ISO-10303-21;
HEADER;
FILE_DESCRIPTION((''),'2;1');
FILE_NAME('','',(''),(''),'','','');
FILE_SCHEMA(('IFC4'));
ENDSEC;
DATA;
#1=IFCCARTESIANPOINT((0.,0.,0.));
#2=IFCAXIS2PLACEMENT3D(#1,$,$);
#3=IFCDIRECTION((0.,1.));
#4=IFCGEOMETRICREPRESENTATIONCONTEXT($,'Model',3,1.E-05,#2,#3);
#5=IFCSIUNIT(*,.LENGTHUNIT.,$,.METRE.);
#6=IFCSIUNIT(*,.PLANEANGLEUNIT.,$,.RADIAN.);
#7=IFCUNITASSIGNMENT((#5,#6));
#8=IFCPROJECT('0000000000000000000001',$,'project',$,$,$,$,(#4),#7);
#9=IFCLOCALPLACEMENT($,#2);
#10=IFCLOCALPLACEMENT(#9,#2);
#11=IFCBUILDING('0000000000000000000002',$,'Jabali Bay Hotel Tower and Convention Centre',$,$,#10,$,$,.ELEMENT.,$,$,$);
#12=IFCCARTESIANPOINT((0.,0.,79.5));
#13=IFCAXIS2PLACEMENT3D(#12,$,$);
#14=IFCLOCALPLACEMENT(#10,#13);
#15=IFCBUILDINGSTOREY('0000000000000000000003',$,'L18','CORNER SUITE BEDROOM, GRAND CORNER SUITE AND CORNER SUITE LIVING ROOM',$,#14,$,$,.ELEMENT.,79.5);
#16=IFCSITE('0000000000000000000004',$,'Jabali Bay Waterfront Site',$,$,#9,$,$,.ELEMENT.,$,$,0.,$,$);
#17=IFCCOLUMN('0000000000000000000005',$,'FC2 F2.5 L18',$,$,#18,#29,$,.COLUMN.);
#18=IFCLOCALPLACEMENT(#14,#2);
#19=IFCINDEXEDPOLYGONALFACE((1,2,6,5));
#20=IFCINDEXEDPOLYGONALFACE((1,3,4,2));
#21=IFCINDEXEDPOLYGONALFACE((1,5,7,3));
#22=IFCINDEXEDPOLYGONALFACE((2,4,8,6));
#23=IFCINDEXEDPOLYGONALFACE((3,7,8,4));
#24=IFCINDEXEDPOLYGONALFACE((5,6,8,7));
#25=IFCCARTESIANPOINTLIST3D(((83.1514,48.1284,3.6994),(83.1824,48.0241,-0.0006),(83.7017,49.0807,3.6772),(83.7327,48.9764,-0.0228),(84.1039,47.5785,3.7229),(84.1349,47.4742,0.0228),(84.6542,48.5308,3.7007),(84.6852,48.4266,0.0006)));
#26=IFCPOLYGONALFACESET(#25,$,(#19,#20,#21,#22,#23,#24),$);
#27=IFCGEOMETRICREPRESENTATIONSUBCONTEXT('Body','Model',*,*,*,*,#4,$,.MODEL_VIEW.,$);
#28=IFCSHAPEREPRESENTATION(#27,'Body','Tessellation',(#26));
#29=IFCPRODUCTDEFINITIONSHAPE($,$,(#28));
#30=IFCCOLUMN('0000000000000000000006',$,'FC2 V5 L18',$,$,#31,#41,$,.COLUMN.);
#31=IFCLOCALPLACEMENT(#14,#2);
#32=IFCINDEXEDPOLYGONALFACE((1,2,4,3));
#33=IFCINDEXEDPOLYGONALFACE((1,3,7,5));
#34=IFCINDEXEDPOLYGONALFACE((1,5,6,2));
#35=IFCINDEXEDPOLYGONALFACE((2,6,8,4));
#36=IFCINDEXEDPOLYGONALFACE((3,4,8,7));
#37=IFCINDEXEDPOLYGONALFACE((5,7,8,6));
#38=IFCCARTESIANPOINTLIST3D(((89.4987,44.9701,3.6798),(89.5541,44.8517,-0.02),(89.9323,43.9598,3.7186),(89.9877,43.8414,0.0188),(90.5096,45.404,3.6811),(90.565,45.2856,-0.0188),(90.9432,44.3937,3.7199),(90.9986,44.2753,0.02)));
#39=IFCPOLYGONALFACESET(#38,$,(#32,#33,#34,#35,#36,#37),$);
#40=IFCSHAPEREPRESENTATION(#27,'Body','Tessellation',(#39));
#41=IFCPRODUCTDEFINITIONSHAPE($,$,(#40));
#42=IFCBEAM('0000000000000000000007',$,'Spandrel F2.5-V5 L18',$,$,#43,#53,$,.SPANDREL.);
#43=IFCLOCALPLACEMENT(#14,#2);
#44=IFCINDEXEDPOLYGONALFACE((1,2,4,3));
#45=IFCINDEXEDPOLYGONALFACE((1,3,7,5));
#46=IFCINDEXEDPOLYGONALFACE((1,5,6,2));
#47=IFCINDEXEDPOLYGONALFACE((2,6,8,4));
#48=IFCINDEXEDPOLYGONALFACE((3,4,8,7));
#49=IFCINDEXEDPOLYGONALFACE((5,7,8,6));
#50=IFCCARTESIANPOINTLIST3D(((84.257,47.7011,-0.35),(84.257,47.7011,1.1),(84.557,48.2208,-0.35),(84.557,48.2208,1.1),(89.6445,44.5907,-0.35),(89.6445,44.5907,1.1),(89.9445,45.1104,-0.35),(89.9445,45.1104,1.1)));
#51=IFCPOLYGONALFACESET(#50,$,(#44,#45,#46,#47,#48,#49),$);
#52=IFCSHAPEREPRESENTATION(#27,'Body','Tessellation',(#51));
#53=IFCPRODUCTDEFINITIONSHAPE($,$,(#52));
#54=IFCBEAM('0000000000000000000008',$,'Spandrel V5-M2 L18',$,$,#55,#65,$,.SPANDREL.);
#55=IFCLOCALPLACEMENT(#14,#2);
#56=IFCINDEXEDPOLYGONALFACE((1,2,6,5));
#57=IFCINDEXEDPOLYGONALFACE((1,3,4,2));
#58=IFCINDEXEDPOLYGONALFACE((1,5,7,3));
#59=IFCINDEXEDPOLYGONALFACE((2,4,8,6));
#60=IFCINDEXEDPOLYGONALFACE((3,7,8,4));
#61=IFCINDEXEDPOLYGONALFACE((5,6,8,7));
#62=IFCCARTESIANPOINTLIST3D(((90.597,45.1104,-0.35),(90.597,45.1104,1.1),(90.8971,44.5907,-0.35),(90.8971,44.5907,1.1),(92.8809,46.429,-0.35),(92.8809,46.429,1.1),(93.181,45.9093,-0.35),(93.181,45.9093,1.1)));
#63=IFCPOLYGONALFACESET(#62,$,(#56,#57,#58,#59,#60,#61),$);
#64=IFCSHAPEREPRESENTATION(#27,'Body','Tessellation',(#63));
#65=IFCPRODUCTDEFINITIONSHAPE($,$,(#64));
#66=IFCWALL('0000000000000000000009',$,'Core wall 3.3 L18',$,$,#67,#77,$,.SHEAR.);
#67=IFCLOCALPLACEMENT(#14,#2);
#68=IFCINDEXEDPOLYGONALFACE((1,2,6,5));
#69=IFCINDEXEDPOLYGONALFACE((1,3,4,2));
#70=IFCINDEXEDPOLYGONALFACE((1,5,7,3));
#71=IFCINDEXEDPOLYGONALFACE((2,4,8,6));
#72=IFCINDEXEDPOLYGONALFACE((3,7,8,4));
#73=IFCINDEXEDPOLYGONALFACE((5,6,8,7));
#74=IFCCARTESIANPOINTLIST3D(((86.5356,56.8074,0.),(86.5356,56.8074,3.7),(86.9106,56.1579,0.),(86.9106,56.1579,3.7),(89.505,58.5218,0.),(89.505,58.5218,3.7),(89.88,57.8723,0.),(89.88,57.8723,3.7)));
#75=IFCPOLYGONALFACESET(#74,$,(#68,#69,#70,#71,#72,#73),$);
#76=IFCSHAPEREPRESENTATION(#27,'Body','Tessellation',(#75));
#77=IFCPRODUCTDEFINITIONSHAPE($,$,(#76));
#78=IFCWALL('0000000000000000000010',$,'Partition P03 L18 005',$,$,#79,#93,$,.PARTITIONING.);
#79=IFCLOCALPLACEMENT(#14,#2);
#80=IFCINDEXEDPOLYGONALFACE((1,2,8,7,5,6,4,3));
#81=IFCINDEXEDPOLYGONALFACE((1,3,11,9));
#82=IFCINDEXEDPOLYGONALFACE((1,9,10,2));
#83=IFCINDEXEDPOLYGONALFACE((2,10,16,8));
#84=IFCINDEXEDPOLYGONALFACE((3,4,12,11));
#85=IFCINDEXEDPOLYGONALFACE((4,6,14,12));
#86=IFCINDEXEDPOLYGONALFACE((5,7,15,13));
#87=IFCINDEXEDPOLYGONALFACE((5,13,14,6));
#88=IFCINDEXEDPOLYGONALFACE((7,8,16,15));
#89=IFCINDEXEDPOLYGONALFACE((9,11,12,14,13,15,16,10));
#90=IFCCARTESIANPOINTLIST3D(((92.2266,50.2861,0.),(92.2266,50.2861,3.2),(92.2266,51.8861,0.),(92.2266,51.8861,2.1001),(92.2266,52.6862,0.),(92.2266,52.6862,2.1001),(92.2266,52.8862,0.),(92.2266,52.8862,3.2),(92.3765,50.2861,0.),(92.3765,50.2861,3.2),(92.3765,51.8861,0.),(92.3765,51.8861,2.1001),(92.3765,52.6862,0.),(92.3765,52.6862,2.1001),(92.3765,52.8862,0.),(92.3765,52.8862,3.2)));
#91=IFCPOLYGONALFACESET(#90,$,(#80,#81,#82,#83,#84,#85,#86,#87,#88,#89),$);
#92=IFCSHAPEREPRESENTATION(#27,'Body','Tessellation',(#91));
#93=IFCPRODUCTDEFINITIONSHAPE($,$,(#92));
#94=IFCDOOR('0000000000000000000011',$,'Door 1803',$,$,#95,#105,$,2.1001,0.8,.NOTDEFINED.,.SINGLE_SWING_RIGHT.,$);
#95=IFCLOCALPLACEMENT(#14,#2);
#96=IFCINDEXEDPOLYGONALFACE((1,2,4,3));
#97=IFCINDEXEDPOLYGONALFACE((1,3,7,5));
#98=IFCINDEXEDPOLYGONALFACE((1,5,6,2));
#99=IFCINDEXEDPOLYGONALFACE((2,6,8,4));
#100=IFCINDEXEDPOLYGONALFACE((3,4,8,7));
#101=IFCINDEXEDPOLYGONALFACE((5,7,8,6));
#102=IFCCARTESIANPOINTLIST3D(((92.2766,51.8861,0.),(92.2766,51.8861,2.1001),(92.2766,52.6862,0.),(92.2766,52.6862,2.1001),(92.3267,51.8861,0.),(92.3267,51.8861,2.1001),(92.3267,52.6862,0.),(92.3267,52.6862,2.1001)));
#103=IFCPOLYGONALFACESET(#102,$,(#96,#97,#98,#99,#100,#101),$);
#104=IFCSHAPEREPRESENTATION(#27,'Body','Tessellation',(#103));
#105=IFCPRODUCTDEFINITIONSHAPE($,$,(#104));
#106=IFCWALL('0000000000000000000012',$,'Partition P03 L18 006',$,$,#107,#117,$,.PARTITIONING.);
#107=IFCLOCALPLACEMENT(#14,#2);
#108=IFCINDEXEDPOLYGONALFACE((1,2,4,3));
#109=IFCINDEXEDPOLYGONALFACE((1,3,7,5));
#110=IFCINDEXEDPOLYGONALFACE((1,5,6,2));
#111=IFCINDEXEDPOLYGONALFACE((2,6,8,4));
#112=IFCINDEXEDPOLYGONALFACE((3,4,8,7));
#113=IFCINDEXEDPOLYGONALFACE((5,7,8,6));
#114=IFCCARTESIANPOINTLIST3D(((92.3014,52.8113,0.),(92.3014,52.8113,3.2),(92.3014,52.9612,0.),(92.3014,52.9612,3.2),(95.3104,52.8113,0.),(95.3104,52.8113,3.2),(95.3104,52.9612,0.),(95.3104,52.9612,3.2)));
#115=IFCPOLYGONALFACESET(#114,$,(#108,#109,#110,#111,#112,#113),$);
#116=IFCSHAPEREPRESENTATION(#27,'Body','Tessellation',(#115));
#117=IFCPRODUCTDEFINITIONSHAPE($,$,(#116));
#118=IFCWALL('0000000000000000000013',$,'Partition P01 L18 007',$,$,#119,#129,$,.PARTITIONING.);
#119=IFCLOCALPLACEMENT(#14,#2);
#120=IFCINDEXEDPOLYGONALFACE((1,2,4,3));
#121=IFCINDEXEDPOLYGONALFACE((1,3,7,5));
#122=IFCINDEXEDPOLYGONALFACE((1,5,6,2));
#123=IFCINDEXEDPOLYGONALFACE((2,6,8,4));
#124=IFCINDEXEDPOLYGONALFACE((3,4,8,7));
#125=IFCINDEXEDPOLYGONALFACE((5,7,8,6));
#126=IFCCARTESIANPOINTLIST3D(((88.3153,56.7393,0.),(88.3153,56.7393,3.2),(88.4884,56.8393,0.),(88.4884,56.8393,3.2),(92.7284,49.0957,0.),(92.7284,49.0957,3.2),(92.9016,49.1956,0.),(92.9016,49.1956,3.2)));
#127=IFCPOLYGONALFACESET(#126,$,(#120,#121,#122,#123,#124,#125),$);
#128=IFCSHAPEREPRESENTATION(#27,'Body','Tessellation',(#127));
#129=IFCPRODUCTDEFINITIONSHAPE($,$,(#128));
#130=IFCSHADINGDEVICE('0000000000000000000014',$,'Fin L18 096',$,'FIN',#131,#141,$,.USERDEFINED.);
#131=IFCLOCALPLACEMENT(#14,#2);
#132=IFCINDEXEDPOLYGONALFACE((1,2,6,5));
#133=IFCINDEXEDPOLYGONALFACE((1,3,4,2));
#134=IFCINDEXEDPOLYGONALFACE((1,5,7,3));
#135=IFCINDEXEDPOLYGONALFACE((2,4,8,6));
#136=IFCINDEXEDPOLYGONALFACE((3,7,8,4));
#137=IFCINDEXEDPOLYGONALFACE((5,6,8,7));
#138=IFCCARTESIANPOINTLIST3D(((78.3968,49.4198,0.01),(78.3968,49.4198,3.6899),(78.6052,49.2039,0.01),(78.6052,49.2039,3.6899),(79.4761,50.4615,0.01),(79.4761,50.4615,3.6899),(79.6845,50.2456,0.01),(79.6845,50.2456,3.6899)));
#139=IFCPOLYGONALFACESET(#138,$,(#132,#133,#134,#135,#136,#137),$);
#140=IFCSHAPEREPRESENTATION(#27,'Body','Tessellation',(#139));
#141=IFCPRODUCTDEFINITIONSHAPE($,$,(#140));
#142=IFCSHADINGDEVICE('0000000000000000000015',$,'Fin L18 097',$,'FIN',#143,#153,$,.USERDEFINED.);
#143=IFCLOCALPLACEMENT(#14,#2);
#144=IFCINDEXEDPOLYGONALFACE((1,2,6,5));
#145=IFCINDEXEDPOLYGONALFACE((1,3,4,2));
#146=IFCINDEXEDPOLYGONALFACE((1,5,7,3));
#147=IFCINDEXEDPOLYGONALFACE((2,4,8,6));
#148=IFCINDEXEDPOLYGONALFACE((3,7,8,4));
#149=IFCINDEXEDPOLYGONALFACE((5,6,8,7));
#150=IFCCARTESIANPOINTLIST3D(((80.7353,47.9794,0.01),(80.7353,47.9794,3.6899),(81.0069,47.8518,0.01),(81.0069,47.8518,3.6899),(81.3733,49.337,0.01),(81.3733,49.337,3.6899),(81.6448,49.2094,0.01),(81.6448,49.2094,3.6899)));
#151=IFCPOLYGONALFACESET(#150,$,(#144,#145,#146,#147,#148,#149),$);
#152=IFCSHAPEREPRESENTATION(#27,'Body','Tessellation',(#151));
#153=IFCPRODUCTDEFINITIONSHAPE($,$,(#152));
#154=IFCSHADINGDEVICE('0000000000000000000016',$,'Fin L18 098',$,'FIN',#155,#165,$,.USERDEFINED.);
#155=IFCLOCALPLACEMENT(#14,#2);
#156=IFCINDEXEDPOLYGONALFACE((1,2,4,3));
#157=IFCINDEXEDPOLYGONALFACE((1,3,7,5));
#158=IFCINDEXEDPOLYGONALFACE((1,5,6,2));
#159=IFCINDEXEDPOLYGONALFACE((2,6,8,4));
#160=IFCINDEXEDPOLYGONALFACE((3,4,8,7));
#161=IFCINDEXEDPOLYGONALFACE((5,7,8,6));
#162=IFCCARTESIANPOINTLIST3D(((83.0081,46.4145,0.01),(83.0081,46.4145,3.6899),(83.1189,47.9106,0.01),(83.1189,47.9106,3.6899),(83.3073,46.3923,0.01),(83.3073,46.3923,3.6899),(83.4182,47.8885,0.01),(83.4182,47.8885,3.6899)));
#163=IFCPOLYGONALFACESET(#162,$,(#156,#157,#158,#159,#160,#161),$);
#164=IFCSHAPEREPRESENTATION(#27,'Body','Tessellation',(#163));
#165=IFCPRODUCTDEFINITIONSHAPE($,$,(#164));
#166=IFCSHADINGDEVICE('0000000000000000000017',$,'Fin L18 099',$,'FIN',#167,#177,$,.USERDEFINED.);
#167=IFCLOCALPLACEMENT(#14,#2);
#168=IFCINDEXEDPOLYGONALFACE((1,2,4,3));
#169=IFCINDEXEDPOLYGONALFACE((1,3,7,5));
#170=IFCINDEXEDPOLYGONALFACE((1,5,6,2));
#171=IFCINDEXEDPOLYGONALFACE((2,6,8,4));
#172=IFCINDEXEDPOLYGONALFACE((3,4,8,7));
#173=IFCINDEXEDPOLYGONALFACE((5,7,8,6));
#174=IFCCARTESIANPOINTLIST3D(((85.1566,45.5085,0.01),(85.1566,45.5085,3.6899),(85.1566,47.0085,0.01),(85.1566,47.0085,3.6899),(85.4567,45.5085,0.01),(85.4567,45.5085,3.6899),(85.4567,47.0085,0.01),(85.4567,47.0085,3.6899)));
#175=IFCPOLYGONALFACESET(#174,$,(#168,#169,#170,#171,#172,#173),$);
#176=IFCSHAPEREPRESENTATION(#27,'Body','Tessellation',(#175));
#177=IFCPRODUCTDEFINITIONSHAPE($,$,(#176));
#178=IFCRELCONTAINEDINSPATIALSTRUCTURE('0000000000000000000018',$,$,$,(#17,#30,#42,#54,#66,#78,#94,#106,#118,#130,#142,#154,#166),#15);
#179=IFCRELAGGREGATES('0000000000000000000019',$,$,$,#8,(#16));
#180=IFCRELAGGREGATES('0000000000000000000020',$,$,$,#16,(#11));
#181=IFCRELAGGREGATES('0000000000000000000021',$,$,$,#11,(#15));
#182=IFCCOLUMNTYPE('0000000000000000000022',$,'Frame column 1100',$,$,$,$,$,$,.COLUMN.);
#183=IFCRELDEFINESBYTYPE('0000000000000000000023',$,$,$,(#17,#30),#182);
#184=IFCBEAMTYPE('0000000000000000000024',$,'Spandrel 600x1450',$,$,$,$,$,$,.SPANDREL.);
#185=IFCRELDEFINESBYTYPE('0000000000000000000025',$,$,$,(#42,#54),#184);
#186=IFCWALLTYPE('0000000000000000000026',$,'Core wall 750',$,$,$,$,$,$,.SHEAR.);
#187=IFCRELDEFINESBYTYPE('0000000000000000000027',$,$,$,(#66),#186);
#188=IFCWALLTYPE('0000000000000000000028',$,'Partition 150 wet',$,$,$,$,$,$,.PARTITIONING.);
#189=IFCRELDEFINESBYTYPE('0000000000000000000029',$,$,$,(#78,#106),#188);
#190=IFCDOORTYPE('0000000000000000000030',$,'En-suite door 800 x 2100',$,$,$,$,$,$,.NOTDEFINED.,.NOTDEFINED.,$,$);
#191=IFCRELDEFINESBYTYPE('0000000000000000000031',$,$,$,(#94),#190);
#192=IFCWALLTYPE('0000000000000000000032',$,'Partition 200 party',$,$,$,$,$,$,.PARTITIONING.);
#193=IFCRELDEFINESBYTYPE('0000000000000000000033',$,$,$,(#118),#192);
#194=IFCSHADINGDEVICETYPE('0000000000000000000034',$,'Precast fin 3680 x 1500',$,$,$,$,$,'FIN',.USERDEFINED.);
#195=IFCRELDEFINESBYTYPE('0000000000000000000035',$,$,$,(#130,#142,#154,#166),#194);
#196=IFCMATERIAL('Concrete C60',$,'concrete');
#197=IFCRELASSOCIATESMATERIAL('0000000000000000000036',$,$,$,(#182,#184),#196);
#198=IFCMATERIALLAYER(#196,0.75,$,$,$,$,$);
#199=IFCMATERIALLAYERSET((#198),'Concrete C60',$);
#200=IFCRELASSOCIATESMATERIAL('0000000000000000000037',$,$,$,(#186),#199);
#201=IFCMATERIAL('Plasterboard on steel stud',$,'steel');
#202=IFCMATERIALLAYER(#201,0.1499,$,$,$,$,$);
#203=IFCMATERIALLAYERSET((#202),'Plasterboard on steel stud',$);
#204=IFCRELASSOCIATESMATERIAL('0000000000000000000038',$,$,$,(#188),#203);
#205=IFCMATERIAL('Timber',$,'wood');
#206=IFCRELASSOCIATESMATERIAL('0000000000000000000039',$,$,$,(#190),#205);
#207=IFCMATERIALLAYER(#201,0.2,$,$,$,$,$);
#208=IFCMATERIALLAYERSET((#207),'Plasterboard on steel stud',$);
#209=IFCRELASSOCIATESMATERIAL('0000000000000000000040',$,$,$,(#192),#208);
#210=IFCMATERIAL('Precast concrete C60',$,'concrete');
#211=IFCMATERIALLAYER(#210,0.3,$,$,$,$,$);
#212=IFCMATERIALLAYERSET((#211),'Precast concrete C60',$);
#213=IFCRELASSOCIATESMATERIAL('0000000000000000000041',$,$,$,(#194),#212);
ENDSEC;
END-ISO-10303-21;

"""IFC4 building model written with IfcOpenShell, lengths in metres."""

from ifc_helpers import new_model, si_unit, direction, frame, frame_2d, origin, origin_2d, place, context, subcontext, project, spatial, rectangle, extrude, material, layer, layer_set, material_profile, profile_set, type_object, element, fill, save


model = new_model("IFC4")

# Units and contexts
model_context = context("Model", 3, precision=1e-05, world=origin(), true_north=direction((0.0, 1.0)))
body_context = subcontext(model_context, "Body", "Model", "MODEL_VIEW")
ifc_project = project(units=[si_unit("LENGTHUNIT", "METRE"), si_unit("PLANEANGLEUNIT", "RADIAN")], contexts=[model_context])

# Site, building, storey
site_placement = place(None, origin())
site = spatial("IfcSite", under=ifc_project, at=site_placement, Name="Jabali Bay Waterfront Site", CompositionType="ELEMENT", RefElevation=0.0)
building_placement = place(site_placement, origin())
building = spatial("IfcBuilding", under=site, at=building_placement, Name="Jabali Bay Hotel Tower and Convention Centre", CompositionType="ELEMENT")
storey_placement = place(building_placement, frame((0.0, 0.0, 79.5)))
storey = spatial("IfcBuildingStorey", under=building, at=storey_placement, Name="L18", Description="CORNER SUITE BEDROOM, GRAND CORNER SUITE AND CORNER SUITE LIVING ROOM", CompositionType="ELEMENT", Elevation=79.5)

# Columns
ifc_material_1 = material(Name="Concrete C60", Category="concrete")
ifc_material_profile_1 = material_profile(ifc_material_1, rectangle(XDim=1.1001, YDim=1.1001, at=origin_2d()), Name="Frame column 1100")
ifc_profile_set_1 = profile_set([ifc_material_profile_1], Name="Concrete C60")
column_type = type_object("IfcColumnType", Name="Frame column 1100", PredefinedType="COLUMN", material=ifc_profile_set_1)
column_1_placement = place(storey_placement, frame((83.9338, 48.2253, 0.0), z_axis=(-0.008376, 0.028163, 0.999568), x_axis=(-0.50023, -0.865657, 0.020198)))
element("IfcColumn", 1, at=column_1_placement, inside=storey, type_object=column_type, Name="FC2 F2.5 L18", PredefinedType="COLUMN", context=body_context, shape_type="SweptSolid", body=[
    extrude(rectangle(XDim=1.1001, YDim=1.1001, at=origin_2d()), origin(), (0.0, 0.0, 1.0), 3.7017),
])
column_2_placement = place(storey_placement, frame((90.2764, 44.5635, 0.0), z_axis=(-0.014969, 0.031983, 0.999376), x_axis=(0.394128, -0.918378, 0.035294)))
element("IfcColumn", 2, at=column_2_placement, inside=storey, type_object=column_type, Name="FC2 V5 L18", PredefinedType="COLUMN", context=body_context, shape_type="SweptSolid", body=[
    extrude(rectangle(XDim=1.1001, YDim=1.1001, at=origin_2d()), origin(), (0.0, 0.0, 1.0), 3.7021),
])

# Beams
ifc_material_profile_2 = material_profile(ifc_material_1, rectangle(XDim=0.6001, YDim=1.45, at=origin_2d()), Name="Spandrel 600x1450")
ifc_profile_set_2 = profile_set([ifc_material_profile_2], Name="Concrete C60")
beam_type = type_object("IfcBeamType", Name="Spandrel 600x1450", PredefinedType="SPANDREL", material=ifc_profile_set_2)
beam_1_placement = place(storey_placement, frame((84.407, 47.9609, 0.375), z_axis=(0.866032, -0.499989, 0.0), x_axis=(0.499989, 0.866032, 0.0)))
element("IfcBeam", 3, at=beam_1_placement, inside=storey, type_object=beam_type, Name="Spandrel F2.5-V5 L18", PredefinedType="SPANDREL", context=body_context, shape_type="SweptSolid", body=[
    extrude(rectangle(XDim=0.6001, YDim=1.45, at=origin_2d()), origin(), (0.0, 0.0, 1.0), 6.2209),
])
beam_2_placement = place(storey_placement, frame((90.7471, 44.8506, 0.375), z_axis=(0.86603, 0.499992, 0.0), x_axis=(-0.499992, 0.86603, 0.0)))
element("IfcBeam", 4, at=beam_2_placement, inside=storey, type_object=beam_type, Name="Spandrel V5-M2 L18", PredefinedType="SPANDREL", context=body_context, shape_type="SweptSolid", body=[
    extrude(rectangle(XDim=0.6001, YDim=1.45, at=origin_2d()), origin(), (0.0, 0.0, 1.0), 2.6372),
])

# Wall
ifc_layer_1 = layer(ifc_material_1, 0.75)
ifc_layer_set_1 = layer_set([ifc_layer_1], Name="Concrete C60")
wall_type_1 = type_object("IfcWallType", Name="Core wall 750", PredefinedType="SHEAR", material=ifc_layer_set_1)
wall_1_placement = place(storey_placement, frame((86.7231, 56.4827, 0.0), z_axis=(0.0, 0.0, 1.0), x_axis=(0.866017, 0.500014, 0.0)))
element("IfcWall", 5, at=wall_1_placement, inside=storey, type_object=wall_type_1, Name="Core wall 3.3 L18", PredefinedType="SHEAR", context=body_context, shape_type="SweptSolid", body=[
    extrude(rectangle(XDim=3.4287, YDim=0.75, at=frame_2d((1.7144, 0.0))), origin(), (0.0, 0.0, 1.0), 3.7),
])

# Wall, opening, door
ifc_material_2 = material(Name="Plasterboard on steel stud", Category="steel")
ifc_layer_2 = layer(ifc_material_2, 0.1499)
ifc_layer_set_2 = layer_set([ifc_layer_2], Name="Plasterboard on steel stud")
wall_type_2 = type_object("IfcWallType", Name="Partition 150 wet", PredefinedType="PARTITIONING", material=ifc_layer_set_2)
wall_2_placement = place(storey_placement, frame((92.3015, 50.2861, 0.0), z_axis=(0.0, 0.0, 1.0), x_axis=(0.0, 1.0, 0.0)))
wall_2 = element("IfcWall", 6, at=wall_2_placement, inside=storey, type_object=wall_type_2, Name="Partition P03 L18 005", PredefinedType="PARTITIONING", context=body_context, shape_type="SweptSolid", body=[
    extrude(rectangle(XDim=2.6001, YDim=0.1499, at=frame_2d((1.3, 0.0))), origin(), (0.0, 0.0, 1.0), 3.2),
])
opening_1_placement = place(wall_2_placement, frame((1.6001, 0.0, 0.0)))
opening_1 = element("IfcOpeningElement", 7, at=opening_1_placement, cuts=wall_2, PredefinedType="OPENING", context=body_context, shape_type="SweptSolid", body=[
    extrude(rectangle(XDim=0.8, YDim=2.1001, at=frame_2d((0.3999, 1.05))), frame((0.0, 0.0854, 0.0), z_axis=(0.0, -1.0, 0.0), x_axis=(1.0, 0.0, 0.0)), (0.0, 0.0, 1.0), 0.1709),
])
ifc_material_3 = material(Name="Timber", Category="wood")
door_type_1 = type_object("IfcDoorType", Name="En-suite door 800 x 2100", OperationType="NOTDEFINED", PredefinedType="NOTDEFINED", material=ifc_material_3)
door_1_placement = place(opening_1_placement, origin())
door_1 = element("IfcDoor", 8, at=door_1_placement, inside=storey, type_object=door_type_1, Name="Door 1803", OperationType="SINGLE_SWING_RIGHT", OverallHeight=2.1001, OverallWidth=0.8, PredefinedType="NOTDEFINED", context=body_context, shape_type="SweptSolid", body=[
    extrude(rectangle(XDim=0.8, YDim=2.1001, at=frame_2d((0.3999, 1.05))), frame((0.0, 0.0249, 0.0), z_axis=(0.0, -1.0, 0.0), x_axis=(1.0, 0.0, 0.0)), (0.0, 0.0, 1.0), 0.05),
])
fill(opening_1, door_1)

# Walls
wall_3_placement = place(storey_placement, frame((92.3015, 52.8862, 0.0), z_axis=(0.0, 0.0, 1.0), x_axis=(1.0, 0.0, 0.0)))
element("IfcWall", 9, at=wall_3_placement, inside=storey, type_object=wall_type_2, Name="Partition P03 L18 006", PredefinedType="PARTITIONING", context=body_context, shape_type="SweptSolid", body=[
    extrude(rectangle(XDim=3.009, YDim=0.1499, at=frame_2d((1.5044, 0.0))), origin(), (0.0, 0.0, 1.0), 3.2),
])
ifc_layer_3 = layer(ifc_material_2, 0.2)
ifc_layer_set_3 = layer_set([ifc_layer_3], Name="Plasterboard on steel stud")
wall_type_3 = type_object("IfcWallType", Name="Partition 200 party", PredefinedType="PARTITIONING", material=ifc_layer_set_3)
wall_4_placement = place(storey_placement, frame((88.4019, 56.7893, 0.0), z_axis=(0.0, 0.0, 1.0), x_axis=(0.500007, -0.866022, 0.0)))
element("IfcWall", 10, at=wall_4_placement, inside=storey, type_object=wall_type_3, Name="Partition P01 L18 007", PredefinedType="PARTITIONING", context=body_context, shape_type="SweptSolid", body=[
    extrude(rectangle(XDim=8.8262, YDim=0.2, at=frame_2d((4.4131, 0.0))), origin(), (0.0, 0.0, 1.0), 3.2),
])

# Shading devices
ifc_material_4 = material(Name="Precast concrete C60", Category="concrete")
ifc_layer_4 = layer(ifc_material_4, 0.3)
ifc_layer_set_4 = layer_set([ifc_layer_4], Name="Precast concrete C60")
shading_device_type = type_object("IfcShadingDeviceType", Name="Precast fin 3680 x 1500", ElementType="FIN", PredefinedType="USERDEFINED", material=ifc_layer_set_4)
for number, where, z_axis, x_axis, name in (
    (11, (79.5803, 50.3535, 0.01), (0.0, 0.0, 1.0), (-0.719528, -0.694464, 0.0), "Fin L18 096"),
    (12, (81.509, 49.2732, 0.01), (0.0, 0.0, 1.0), (-0.425272, -0.905066, 0.0), "Fin L18 097"),
):
    element("IfcShadingDevice", number, at=place(storey_placement, frame(where, z_axis=z_axis, x_axis=x_axis)), inside=storey, type_object=shading_device_type, Name=name, ObjectType="FIN", PredefinedType="USERDEFINED", context=body_context, shape_type="SweptSolid", body=[
        extrude(rectangle(XDim=1.5, YDim=0.3, at=frame_2d((0.75, 0.0))), origin(), (0.0, 0.0, 1.0), 3.6799),
    ])
shading_device_1_placement = place(storey_placement, frame((83.2686, 47.8994, 0.01), z_axis=(0.0, 0.0, 1.0), x_axis=(-0.073884, -0.997267, 0.0)))
element("IfcShadingDevice", 13, at=shading_device_1_placement, inside=storey, type_object=shading_device_type, Name="Fin L18 098", ObjectType="FIN", PredefinedType="USERDEFINED", context=body_context, shape_type="SweptSolid", body=[
    extrude(rectangle(XDim=1.5002, YDim=0.3, at=frame_2d((0.75, 0.0))), origin(), (0.0, 0.0, 1.0), 3.6799),
])
for number, where, z_axis, x_axis, name in (
    (14, (85.3066, 47.0085, 0.01), (0.0, 0.0, 1.0), (0.0, -1.0, 0.0), "Fin L18 099"),
):
    element("IfcShadingDevice", number, at=place(storey_placement, frame(where, z_axis=z_axis, x_axis=x_axis)), inside=storey, type_object=shading_device_type, Name=name, ObjectType="FIN", PredefinedType="USERDEFINED", context=body_context, shape_type="SweptSolid", body=[
        extrude(rectangle(XDim=1.5, YDim=0.3, at=frame_2d((0.75, 0.0))), origin(), (0.0, 0.0, 1.0), 3.6799),
    ])

save(model, "model.ifc")
